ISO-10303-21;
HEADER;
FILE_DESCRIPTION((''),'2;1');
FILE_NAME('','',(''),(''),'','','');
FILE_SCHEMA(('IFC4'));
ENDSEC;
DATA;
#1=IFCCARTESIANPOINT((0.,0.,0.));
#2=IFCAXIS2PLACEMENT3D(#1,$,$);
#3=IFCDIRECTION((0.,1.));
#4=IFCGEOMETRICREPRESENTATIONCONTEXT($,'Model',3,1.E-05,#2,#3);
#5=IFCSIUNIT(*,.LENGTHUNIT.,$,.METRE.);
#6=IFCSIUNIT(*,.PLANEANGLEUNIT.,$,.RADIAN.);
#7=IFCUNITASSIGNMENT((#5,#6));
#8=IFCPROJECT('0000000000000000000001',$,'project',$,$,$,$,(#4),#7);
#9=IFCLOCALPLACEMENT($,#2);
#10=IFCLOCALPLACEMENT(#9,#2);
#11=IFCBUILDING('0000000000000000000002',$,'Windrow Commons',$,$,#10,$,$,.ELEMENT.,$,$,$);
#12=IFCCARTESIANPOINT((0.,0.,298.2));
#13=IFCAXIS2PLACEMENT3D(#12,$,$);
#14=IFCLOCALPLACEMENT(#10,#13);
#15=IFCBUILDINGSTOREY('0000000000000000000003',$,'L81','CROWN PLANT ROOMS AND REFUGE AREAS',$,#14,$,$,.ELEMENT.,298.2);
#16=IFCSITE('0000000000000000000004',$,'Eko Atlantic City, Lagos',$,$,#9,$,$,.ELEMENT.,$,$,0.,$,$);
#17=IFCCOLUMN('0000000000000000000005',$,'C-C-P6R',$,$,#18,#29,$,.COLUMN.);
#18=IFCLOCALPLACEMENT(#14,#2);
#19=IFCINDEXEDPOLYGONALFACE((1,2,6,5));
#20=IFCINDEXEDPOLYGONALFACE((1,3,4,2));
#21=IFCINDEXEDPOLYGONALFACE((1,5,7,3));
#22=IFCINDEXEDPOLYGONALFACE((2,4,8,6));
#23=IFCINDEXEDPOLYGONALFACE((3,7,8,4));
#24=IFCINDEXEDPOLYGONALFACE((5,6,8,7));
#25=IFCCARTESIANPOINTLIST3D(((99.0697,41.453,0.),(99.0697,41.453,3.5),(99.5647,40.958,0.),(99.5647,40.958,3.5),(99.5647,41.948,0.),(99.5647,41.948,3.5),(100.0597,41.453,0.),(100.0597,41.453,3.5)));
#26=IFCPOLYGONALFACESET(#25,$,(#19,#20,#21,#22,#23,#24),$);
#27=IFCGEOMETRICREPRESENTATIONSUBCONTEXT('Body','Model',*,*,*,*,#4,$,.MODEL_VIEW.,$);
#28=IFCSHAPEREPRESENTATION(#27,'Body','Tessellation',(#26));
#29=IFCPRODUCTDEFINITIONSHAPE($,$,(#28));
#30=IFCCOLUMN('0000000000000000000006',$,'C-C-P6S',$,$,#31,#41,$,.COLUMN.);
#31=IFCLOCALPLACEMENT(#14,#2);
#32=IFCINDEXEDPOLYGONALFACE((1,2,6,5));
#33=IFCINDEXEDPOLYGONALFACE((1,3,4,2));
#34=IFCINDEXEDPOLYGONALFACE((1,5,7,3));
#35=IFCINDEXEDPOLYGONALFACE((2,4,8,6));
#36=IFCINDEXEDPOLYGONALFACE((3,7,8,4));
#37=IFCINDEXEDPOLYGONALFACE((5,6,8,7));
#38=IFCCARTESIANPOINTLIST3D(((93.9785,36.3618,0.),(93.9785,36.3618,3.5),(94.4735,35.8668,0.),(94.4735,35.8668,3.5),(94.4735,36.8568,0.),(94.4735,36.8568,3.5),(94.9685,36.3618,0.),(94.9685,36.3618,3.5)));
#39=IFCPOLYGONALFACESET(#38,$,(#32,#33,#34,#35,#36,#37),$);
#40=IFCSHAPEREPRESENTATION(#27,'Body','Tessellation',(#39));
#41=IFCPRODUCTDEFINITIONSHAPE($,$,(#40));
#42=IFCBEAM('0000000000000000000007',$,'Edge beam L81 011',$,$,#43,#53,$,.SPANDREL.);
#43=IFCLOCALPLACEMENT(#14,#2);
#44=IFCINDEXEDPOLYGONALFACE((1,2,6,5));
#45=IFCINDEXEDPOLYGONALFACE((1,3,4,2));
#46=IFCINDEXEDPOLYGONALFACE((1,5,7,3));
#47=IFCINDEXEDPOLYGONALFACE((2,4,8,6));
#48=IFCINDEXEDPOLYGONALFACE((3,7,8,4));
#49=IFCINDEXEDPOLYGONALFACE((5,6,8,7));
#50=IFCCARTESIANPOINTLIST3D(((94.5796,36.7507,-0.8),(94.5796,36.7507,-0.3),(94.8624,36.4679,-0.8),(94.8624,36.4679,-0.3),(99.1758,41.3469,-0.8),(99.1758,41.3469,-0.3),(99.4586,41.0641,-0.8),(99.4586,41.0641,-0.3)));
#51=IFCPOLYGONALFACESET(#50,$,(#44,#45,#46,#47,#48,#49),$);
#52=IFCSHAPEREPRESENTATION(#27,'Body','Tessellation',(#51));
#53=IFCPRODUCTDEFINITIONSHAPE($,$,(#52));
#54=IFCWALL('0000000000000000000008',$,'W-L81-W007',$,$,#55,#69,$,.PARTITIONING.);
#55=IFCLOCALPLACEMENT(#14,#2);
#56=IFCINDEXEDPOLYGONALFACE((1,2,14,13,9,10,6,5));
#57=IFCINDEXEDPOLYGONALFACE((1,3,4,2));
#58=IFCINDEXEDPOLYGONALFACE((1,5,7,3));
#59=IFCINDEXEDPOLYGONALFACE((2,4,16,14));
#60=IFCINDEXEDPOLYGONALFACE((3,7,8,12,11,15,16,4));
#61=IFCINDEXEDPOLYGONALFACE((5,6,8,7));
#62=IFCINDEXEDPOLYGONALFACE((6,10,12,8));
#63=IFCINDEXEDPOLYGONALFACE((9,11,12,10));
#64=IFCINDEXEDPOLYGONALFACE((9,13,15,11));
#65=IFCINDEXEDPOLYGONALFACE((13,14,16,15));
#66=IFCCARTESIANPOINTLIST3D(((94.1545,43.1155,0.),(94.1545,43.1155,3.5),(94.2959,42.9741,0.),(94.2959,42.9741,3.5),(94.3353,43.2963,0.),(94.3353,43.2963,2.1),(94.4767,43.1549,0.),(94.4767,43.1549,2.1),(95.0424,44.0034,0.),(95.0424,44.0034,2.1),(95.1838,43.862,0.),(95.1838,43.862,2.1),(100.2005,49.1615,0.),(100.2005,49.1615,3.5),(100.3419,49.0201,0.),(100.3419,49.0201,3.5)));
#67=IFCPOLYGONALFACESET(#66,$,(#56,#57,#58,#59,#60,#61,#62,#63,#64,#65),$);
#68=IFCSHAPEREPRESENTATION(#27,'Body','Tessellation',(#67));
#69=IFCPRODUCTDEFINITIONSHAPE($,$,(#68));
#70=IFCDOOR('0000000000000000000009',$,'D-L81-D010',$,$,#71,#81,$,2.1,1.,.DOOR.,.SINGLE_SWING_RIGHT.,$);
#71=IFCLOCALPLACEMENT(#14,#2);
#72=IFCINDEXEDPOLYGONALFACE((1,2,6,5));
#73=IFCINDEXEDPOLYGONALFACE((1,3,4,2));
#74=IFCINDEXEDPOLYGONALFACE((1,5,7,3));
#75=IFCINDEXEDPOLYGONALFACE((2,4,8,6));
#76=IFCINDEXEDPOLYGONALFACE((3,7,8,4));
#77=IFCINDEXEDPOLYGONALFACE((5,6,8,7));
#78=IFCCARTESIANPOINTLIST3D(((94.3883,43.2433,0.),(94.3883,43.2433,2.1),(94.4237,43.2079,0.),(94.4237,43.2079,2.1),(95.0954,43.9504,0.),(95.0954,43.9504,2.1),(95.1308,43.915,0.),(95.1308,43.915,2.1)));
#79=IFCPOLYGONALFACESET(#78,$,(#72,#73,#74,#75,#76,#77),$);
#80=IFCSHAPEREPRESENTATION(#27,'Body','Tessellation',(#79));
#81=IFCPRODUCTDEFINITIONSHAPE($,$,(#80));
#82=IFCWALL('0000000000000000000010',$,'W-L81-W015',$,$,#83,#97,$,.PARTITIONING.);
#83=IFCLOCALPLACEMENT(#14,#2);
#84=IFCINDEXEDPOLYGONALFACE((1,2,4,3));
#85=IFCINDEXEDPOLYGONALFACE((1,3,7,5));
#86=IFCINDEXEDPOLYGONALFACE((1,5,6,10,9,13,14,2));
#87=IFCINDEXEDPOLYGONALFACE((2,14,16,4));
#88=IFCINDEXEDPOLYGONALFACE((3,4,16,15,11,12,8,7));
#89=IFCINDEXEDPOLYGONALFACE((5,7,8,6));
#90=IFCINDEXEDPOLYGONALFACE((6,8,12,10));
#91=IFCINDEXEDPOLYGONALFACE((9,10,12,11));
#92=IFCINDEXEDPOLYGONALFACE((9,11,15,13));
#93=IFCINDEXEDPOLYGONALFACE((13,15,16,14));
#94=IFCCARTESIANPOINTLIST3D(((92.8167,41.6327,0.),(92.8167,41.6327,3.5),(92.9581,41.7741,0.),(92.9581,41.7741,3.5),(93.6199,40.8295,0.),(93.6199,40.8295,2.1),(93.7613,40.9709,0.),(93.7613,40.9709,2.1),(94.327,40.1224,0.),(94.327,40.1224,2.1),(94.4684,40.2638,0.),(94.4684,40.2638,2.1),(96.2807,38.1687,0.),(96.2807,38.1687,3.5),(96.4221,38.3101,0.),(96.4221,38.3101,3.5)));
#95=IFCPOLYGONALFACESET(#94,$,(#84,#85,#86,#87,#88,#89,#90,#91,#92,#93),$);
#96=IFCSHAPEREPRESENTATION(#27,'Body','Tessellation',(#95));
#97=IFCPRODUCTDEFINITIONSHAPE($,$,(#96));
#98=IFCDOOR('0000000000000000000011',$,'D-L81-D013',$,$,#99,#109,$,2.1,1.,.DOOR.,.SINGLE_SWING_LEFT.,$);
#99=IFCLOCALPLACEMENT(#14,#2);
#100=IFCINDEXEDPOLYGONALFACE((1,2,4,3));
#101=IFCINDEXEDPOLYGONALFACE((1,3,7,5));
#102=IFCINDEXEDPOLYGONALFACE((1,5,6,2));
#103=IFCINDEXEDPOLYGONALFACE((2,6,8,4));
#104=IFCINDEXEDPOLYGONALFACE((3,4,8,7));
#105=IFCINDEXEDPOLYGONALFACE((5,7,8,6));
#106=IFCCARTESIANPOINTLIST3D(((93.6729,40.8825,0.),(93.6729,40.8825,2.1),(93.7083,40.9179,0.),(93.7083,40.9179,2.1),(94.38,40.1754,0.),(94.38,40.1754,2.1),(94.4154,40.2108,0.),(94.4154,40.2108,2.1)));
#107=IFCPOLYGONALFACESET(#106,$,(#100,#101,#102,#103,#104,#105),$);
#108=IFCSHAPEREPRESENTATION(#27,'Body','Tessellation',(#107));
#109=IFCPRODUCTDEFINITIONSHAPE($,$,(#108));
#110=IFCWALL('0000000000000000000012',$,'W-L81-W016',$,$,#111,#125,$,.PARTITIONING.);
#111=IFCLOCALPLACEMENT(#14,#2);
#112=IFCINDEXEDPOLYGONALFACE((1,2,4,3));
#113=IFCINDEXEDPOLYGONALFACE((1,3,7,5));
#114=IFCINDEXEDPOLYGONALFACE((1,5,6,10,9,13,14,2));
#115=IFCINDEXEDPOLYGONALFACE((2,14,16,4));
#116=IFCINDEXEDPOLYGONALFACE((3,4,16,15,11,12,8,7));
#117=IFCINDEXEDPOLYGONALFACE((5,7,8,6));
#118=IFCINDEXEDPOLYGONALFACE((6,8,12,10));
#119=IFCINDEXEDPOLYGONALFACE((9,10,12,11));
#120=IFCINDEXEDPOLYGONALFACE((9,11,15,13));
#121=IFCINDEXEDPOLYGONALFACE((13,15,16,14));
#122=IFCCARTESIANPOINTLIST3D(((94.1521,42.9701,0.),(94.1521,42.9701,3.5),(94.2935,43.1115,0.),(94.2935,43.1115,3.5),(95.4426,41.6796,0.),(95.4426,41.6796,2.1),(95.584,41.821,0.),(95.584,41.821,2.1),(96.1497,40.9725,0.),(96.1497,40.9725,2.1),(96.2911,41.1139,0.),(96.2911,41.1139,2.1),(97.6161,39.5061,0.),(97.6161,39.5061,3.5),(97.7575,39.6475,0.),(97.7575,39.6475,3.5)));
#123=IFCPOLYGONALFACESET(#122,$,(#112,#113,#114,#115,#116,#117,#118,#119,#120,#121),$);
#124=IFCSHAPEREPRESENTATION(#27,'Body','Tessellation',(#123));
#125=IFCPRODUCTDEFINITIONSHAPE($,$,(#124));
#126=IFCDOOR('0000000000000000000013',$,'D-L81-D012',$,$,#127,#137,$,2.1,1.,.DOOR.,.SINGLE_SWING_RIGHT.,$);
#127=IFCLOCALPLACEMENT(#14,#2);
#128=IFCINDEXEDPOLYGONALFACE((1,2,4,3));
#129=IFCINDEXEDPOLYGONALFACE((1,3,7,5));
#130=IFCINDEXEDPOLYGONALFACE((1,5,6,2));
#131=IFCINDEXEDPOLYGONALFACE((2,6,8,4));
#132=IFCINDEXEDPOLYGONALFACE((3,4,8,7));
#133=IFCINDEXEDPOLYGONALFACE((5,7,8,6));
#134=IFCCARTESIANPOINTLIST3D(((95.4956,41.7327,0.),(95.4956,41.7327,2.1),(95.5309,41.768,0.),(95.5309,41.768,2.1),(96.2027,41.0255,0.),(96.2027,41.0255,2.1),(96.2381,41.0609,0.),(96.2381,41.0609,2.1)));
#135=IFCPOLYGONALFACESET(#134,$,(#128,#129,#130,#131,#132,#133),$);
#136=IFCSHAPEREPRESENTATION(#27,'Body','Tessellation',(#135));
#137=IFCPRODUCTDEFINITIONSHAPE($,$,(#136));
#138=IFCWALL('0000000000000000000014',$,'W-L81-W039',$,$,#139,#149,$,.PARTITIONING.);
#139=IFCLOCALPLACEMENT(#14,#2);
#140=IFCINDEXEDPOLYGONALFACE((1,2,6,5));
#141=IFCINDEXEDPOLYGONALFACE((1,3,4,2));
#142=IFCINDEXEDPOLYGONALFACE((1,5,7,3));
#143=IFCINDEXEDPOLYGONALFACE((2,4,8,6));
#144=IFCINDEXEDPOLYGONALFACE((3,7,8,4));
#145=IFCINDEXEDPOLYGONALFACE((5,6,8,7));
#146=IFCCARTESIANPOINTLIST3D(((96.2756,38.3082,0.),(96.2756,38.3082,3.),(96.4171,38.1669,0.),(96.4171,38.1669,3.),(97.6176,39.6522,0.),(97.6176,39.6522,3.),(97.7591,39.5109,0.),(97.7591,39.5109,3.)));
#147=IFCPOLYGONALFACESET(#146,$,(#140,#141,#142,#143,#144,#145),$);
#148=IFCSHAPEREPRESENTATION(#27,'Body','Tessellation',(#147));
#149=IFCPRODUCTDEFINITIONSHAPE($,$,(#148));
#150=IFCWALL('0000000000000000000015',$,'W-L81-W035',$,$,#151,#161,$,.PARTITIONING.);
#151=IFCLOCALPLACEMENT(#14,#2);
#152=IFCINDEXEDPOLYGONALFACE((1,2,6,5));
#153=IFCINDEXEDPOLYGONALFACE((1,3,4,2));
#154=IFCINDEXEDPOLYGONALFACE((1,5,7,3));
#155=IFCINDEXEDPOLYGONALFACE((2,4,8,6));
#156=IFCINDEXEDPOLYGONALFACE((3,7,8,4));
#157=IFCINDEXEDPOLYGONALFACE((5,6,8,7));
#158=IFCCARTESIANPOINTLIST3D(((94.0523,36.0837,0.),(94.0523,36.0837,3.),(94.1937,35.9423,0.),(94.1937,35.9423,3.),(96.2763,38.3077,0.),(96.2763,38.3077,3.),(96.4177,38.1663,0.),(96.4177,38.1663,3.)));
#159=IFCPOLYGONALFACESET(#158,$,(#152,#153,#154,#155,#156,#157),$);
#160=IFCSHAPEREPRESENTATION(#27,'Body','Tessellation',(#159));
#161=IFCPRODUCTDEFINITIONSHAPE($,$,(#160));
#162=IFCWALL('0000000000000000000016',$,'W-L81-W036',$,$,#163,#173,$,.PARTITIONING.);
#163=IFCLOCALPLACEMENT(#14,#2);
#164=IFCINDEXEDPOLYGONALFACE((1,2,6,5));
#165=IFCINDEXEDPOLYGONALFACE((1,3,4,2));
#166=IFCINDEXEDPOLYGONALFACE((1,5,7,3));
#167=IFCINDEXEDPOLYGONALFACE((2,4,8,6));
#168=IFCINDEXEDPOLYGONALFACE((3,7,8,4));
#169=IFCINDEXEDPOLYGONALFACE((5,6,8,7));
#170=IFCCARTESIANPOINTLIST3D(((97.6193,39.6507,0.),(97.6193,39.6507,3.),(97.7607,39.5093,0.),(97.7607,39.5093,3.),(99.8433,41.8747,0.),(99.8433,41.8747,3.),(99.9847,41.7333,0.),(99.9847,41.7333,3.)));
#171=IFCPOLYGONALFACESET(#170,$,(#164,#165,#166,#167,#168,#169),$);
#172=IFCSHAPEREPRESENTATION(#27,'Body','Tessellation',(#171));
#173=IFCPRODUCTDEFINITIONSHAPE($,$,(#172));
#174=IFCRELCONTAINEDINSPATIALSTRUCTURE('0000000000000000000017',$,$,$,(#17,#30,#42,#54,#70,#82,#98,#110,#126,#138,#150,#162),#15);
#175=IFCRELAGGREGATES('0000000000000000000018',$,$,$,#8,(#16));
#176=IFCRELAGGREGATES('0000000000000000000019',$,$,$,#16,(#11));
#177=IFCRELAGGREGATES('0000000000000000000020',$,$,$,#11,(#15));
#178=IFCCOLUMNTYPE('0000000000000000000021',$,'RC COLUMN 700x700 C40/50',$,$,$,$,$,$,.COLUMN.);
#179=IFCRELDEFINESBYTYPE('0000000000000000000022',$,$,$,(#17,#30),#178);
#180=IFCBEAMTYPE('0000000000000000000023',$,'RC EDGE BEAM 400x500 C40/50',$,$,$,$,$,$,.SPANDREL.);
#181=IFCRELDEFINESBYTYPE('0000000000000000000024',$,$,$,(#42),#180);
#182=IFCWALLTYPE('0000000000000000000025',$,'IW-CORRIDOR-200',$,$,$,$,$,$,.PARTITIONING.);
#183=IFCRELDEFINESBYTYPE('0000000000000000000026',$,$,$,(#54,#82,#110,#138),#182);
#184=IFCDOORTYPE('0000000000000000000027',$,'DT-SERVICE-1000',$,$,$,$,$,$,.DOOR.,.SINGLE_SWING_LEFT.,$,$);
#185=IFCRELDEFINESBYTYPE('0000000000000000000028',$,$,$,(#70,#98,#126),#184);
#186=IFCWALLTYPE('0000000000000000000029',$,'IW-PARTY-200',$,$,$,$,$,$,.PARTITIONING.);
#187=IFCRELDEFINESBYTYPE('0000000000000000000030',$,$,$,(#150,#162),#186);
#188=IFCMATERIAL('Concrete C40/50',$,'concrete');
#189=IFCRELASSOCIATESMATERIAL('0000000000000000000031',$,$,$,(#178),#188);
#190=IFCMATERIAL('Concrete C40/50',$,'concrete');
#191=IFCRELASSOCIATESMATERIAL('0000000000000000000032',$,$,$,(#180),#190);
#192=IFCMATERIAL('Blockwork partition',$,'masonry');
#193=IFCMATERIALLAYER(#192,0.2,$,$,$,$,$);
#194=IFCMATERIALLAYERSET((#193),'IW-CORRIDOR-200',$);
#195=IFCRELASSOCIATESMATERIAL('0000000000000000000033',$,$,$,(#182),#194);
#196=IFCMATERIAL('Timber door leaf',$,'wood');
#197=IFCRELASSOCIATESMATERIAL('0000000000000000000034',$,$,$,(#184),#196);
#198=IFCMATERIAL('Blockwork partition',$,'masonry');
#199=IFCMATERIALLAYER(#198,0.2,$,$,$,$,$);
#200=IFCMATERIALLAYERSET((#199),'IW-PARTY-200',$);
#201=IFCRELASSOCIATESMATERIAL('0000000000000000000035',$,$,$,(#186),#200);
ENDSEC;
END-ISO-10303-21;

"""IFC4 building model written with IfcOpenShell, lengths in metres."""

from ifc_helpers import new_model, si_unit, direction, frame, frame_2d, origin, origin_2d, place, context, subcontext, project, spatial, rectangle, extrude, material, layer, layer_set, material_profile, profile_set, type_object, element, fill, save


model = new_model("IFC4")

# Units and contexts
model_context = context("Model", 3, precision=1e-05, world=origin(), true_north=direction((0.0, 1.0)))
body_context = subcontext(model_context, "Body", "Model", "MODEL_VIEW")
ifc_project = project(units=[si_unit("LENGTHUNIT", "METRE"), si_unit("PLANEANGLEUNIT", "RADIAN")], contexts=[model_context])

# Site, building, storey
site_placement = place(None, origin())
site = spatial("IfcSite", under=ifc_project, at=site_placement, Name="Eko Atlantic City, Lagos", CompositionType="ELEMENT", RefElevation=0.0)
building_placement = place(site_placement, origin())
building = spatial("IfcBuilding", under=site, at=building_placement, Name="Windrow Commons", CompositionType="ELEMENT")
storey_placement = place(building_placement, frame((0.0, 0.0, 298.2)))
storey = spatial("IfcBuildingStorey", under=building, at=storey_placement, Name="L81", Description="CROWN PLANT ROOMS AND REFUGE AREAS", CompositionType="ELEMENT", Elevation=298.2)

# Columns
ifc_material_1 = material(Name="Concrete C40/50", Category="concrete")
ifc_material_profile_1 = material_profile(ifc_material_1, rectangle(XDim=0.7, YDim=0.7, at=origin_2d()))
ifc_profile_set_1 = profile_set([ifc_material_profile_1], Name="Concrete C40/50")
column_type = type_object("IfcColumnType", Name="RC COLUMN 700x700 C40/50", PredefinedType="COLUMN", material=ifc_profile_set_1)
for number, where, z_axis, x_axis, name in (
    (1, (99.5647, 41.453, 0.0), (0.0, 0.0, 1.0), (0.707107, -0.707107, 0.0), "C-C-P6R"),
    (2, (94.4735, 36.3618, 0.0), (0.0, 0.0, 1.0), (0.707107, -0.707107, 0.0), "C-C-P6S"),
):
    element("IfcColumn", number, at=place(storey_placement, frame(where, z_axis=z_axis, x_axis=x_axis)), inside=storey, type_object=column_type, Name=name, PredefinedType="COLUMN", context=body_context, shape_type="SweptSolid", body=[
        extrude(rectangle(XDim=0.7, YDim=0.7, at=origin_2d()), origin(), (0.0, 0.0, 1.0), 3.5),
    ])

# Beam
ifc_material_2 = material(Name="Concrete C40/50", Category="concrete")
ifc_material_profile_2 = material_profile(ifc_material_2, rectangle(XDim=0.4, YDim=0.5, at=origin_2d()))
ifc_profile_set_2 = profile_set([ifc_material_profile_2], Name="Concrete C40/50")
beam_type = type_object("IfcBeamType", Name="RC EDGE BEAM 400x500 C40/50", PredefinedType="SPANDREL", material=ifc_profile_set_2)
beam_placement = place(storey_placement, frame((99.3172, 41.2055, -0.55), z_axis=(-0.707107, -0.707107, 0.0), x_axis=(0.707107, -0.707107, 0.0)))
element("IfcBeam", 3, at=beam_placement, inside=storey, type_object=beam_type, Name="Edge beam L81 011", PredefinedType="SPANDREL", context=body_context, shape_type="SweptSolid", body=[
    extrude(rectangle(XDim=0.4, YDim=0.5, at=origin_2d()), origin(), (0.0, 0.0, 1.0), 6.5),
])

# Walls, openings, doors
ifc_material_3 = material(Name="Blockwork partition", Category="masonry")
ifc_layer_1 = layer(ifc_material_3, 0.2)
ifc_layer_set_1 = layer_set([ifc_layer_1], Name="IW-CORRIDOR-200")
wall_type_1 = type_object("IfcWallType", Name="IW-CORRIDOR-200", PredefinedType="PARTITIONING", material=ifc_layer_set_1)
wall_1_placement = place(storey_placement, frame((94.2252, 43.0448, 0.0), z_axis=(0.0, 0.0, 1.0), x_axis=(0.707107, 0.707107, 0.0)))
wall_1 = element("IfcWall", 4, at=wall_1_placement, inside=storey, type_object=wall_type_1, Name="W-L81-W007", PredefinedType="PARTITIONING", context=body_context, shape_type="SweptSolid", body=[
    extrude(rectangle(XDim=8.5503, YDim=0.2, at=frame_2d((4.2752, 0.0))), origin(), (0.0, 0.0, 1.0), 3.5),
])
opening_1_placement = place(wall_1_placement, frame((0.2557, 0.0, 0.0)))
opening_1 = element("IfcOpeningElement", 5, at=opening_1_placement, cuts=wall_1, PredefinedType="OPENING", context=body_context, shape_type="SweptSolid", body=[
    extrude(rectangle(XDim=1.0, YDim=2.1, at=frame_2d((0.5, 1.05))), frame((0.0, 0.11, 0.0), z_axis=(0.0, -1.0, 0.0), x_axis=(1.0, 0.0, 0.0)), (0.0, 0.0, 1.0), 0.22),
])
ifc_material_4 = material(Name="Timber door leaf", Category="wood")
door_type = type_object("IfcDoorType", Name="DT-SERVICE-1000", OperationType="SINGLE_SWING_LEFT", PredefinedType="DOOR", material=ifc_material_4)
door_1_placement = place(opening_1_placement, origin())
door_1 = element("IfcDoor", 6, at=door_1_placement, inside=storey, type_object=door_type, Name="D-L81-D010", OperationType="SINGLE_SWING_RIGHT", OverallHeight=2.1, OverallWidth=1.0, PredefinedType="DOOR", context=body_context, shape_type="SweptSolid", body=[
    extrude(rectangle(XDim=1.0, YDim=2.1, at=frame_2d((0.5, 1.05))), frame((0.0, 0.025, 0.0), z_axis=(0.0, -1.0, 0.0), x_axis=(1.0, 0.0, 0.0)), (0.0, 0.0, 1.0), 0.05),
])
fill(opening_1, door_1)
wall_2_placement = place(storey_placement, frame((92.8874, 41.7034, 0.0), z_axis=(0.0, 0.0, 1.0), x_axis=(0.707107, -0.707107, 0.0)))
wall_2 = element("IfcWall", 7, at=wall_2_placement, inside=storey, type_object=wall_type_1, Name="W-L81-W015", PredefinedType="PARTITIONING", context=body_context, shape_type="SweptSolid", body=[
    extrude(rectangle(XDim=4.8988, YDim=0.2, at=frame_2d((2.4494, 0.0))), origin(), (0.0, 0.0, 1.0), 3.5),
])
opening_2_placement = place(wall_2_placement, frame((1.1359, 0.0, 0.0)))
opening_2 = element("IfcOpeningElement", 8, at=opening_2_placement, cuts=wall_2, PredefinedType="OPENING", context=body_context, shape_type="SweptSolid", body=[
    extrude(rectangle(XDim=1.0, YDim=2.1, at=frame_2d((0.5, 1.05))), frame((0.0, 0.11, 0.0), z_axis=(0.0, -1.0, 0.0), x_axis=(1.0, 0.0, 0.0)), (0.0, 0.0, 1.0), 0.22),
])
door_2_placement = place(opening_2_placement, origin())
door_2 = element("IfcDoor", 9, at=door_2_placement, inside=storey, type_object=door_type, Name="D-L81-D013", OperationType="SINGLE_SWING_LEFT", OverallHeight=2.1, OverallWidth=1.0, PredefinedType="DOOR", context=body_context, shape_type="SweptSolid", body=[
    extrude(rectangle(XDim=1.0, YDim=2.1, at=frame_2d((0.5, 1.05))), frame((0.0, 0.025, 0.0), z_axis=(0.0, -1.0, 0.0), x_axis=(1.0, 0.0, 0.0)), (0.0, 0.0, 1.0), 0.05),
])
fill(opening_2, door_2)
wall_3_placement = place(storey_placement, frame((94.2228, 43.0408, 0.0), z_axis=(0.0, 0.0, 1.0), x_axis=(0.707107, -0.707107, 0.0)))
wall_3 = element("IfcWall", 10, at=wall_3_placement, inside=storey, type_object=wall_type_1, Name="W-L81-W016", PredefinedType="PARTITIONING", context=body_context, shape_type="SweptSolid", body=[
    extrude(rectangle(XDim=4.8988, YDim=0.2, at=frame_2d((2.4494, 0.0))), origin(), (0.0, 0.0, 1.0), 3.5),
])
opening_3_placement = place(wall_3_placement, frame((1.825, 0.0, 0.0)))
opening_3 = element("IfcOpeningElement", 11, at=opening_3_placement, cuts=wall_3, PredefinedType="OPENING", context=body_context, shape_type="SweptSolid", body=[
    extrude(rectangle(XDim=1.0, YDim=2.1, at=frame_2d((0.5, 1.05))), frame((0.0, 0.11, 0.0), z_axis=(0.0, -1.0, 0.0), x_axis=(1.0, 0.0, 0.0)), (0.0, 0.0, 1.0), 0.22),
])
door_3_placement = place(opening_3_placement, origin())
door_3 = element("IfcDoor", 12, at=door_3_placement, inside=storey, type_object=door_type, Name="D-L81-D012", OperationType="SINGLE_SWING_RIGHT", OverallHeight=2.1, OverallWidth=1.0, PredefinedType="DOOR", context=body_context, shape_type="SweptSolid", body=[
    extrude(rectangle(XDim=1.0, YDim=2.1, at=frame_2d((0.5, 1.05))), frame((0.0, 0.025, 0.0), z_axis=(0.0, -1.0, 0.0), x_axis=(1.0, 0.0, 0.0)), (0.0, 0.0, 1.0), 0.05),
])
fill(opening_3, door_3)

# Walls
wall_4_placement = place(storey_placement, frame((96.3464, 38.2376, 0.0), z_axis=(0.0, 0.0, 1.0), x_axis=(0.70658, 0.707633, 0.0)))
element("IfcWall", 13, at=wall_4_placement, inside=storey, type_object=wall_type_1, Name="W-L81-W039", PredefinedType="PARTITIONING", context=body_context, shape_type="SweptSolid", body=[
    extrude(rectangle(XDim=1.8993, YDim=0.2, at=frame_2d((0.9496, 0.0))), origin(), (0.0, 0.0, 1.0), 3.0),
])
ifc_material_5 = material(Name="Blockwork partition", Category="masonry")
ifc_layer_2 = layer(ifc_material_5, 0.2)
ifc_layer_set_2 = layer_set([ifc_layer_2], Name="IW-PARTY-200")
wall_type_2 = type_object("IfcWallType", Name="IW-PARTY-200", PredefinedType="PARTITIONING", material=ifc_layer_set_2)
for number, where, z_axis, x_axis, name in (
    (14, (94.123, 36.013, 0.0), (0.0, 0.0, 1.0), (0.707107, 0.707107, 0.0), "W-L81-W035"),
    (15, (97.69, 39.58, 0.0), (0.0, 0.0, 1.0), (0.707107, 0.707107, 0.0), "W-L81-W036"),
):
    element("IfcWall", number, at=place(storey_placement, frame(where, z_axis=z_axis, x_axis=x_axis)), inside=storey, type_object=wall_type_2, Name=name, PredefinedType="PARTITIONING", context=body_context, shape_type="SweptSolid", body=[
        extrude(rectangle(XDim=3.1452, YDim=0.2, at=frame_2d((1.5726, 0.0))), origin(), (0.0, 0.0, 1.0), 3.0),
    ])

save(model, "model.ifc")
